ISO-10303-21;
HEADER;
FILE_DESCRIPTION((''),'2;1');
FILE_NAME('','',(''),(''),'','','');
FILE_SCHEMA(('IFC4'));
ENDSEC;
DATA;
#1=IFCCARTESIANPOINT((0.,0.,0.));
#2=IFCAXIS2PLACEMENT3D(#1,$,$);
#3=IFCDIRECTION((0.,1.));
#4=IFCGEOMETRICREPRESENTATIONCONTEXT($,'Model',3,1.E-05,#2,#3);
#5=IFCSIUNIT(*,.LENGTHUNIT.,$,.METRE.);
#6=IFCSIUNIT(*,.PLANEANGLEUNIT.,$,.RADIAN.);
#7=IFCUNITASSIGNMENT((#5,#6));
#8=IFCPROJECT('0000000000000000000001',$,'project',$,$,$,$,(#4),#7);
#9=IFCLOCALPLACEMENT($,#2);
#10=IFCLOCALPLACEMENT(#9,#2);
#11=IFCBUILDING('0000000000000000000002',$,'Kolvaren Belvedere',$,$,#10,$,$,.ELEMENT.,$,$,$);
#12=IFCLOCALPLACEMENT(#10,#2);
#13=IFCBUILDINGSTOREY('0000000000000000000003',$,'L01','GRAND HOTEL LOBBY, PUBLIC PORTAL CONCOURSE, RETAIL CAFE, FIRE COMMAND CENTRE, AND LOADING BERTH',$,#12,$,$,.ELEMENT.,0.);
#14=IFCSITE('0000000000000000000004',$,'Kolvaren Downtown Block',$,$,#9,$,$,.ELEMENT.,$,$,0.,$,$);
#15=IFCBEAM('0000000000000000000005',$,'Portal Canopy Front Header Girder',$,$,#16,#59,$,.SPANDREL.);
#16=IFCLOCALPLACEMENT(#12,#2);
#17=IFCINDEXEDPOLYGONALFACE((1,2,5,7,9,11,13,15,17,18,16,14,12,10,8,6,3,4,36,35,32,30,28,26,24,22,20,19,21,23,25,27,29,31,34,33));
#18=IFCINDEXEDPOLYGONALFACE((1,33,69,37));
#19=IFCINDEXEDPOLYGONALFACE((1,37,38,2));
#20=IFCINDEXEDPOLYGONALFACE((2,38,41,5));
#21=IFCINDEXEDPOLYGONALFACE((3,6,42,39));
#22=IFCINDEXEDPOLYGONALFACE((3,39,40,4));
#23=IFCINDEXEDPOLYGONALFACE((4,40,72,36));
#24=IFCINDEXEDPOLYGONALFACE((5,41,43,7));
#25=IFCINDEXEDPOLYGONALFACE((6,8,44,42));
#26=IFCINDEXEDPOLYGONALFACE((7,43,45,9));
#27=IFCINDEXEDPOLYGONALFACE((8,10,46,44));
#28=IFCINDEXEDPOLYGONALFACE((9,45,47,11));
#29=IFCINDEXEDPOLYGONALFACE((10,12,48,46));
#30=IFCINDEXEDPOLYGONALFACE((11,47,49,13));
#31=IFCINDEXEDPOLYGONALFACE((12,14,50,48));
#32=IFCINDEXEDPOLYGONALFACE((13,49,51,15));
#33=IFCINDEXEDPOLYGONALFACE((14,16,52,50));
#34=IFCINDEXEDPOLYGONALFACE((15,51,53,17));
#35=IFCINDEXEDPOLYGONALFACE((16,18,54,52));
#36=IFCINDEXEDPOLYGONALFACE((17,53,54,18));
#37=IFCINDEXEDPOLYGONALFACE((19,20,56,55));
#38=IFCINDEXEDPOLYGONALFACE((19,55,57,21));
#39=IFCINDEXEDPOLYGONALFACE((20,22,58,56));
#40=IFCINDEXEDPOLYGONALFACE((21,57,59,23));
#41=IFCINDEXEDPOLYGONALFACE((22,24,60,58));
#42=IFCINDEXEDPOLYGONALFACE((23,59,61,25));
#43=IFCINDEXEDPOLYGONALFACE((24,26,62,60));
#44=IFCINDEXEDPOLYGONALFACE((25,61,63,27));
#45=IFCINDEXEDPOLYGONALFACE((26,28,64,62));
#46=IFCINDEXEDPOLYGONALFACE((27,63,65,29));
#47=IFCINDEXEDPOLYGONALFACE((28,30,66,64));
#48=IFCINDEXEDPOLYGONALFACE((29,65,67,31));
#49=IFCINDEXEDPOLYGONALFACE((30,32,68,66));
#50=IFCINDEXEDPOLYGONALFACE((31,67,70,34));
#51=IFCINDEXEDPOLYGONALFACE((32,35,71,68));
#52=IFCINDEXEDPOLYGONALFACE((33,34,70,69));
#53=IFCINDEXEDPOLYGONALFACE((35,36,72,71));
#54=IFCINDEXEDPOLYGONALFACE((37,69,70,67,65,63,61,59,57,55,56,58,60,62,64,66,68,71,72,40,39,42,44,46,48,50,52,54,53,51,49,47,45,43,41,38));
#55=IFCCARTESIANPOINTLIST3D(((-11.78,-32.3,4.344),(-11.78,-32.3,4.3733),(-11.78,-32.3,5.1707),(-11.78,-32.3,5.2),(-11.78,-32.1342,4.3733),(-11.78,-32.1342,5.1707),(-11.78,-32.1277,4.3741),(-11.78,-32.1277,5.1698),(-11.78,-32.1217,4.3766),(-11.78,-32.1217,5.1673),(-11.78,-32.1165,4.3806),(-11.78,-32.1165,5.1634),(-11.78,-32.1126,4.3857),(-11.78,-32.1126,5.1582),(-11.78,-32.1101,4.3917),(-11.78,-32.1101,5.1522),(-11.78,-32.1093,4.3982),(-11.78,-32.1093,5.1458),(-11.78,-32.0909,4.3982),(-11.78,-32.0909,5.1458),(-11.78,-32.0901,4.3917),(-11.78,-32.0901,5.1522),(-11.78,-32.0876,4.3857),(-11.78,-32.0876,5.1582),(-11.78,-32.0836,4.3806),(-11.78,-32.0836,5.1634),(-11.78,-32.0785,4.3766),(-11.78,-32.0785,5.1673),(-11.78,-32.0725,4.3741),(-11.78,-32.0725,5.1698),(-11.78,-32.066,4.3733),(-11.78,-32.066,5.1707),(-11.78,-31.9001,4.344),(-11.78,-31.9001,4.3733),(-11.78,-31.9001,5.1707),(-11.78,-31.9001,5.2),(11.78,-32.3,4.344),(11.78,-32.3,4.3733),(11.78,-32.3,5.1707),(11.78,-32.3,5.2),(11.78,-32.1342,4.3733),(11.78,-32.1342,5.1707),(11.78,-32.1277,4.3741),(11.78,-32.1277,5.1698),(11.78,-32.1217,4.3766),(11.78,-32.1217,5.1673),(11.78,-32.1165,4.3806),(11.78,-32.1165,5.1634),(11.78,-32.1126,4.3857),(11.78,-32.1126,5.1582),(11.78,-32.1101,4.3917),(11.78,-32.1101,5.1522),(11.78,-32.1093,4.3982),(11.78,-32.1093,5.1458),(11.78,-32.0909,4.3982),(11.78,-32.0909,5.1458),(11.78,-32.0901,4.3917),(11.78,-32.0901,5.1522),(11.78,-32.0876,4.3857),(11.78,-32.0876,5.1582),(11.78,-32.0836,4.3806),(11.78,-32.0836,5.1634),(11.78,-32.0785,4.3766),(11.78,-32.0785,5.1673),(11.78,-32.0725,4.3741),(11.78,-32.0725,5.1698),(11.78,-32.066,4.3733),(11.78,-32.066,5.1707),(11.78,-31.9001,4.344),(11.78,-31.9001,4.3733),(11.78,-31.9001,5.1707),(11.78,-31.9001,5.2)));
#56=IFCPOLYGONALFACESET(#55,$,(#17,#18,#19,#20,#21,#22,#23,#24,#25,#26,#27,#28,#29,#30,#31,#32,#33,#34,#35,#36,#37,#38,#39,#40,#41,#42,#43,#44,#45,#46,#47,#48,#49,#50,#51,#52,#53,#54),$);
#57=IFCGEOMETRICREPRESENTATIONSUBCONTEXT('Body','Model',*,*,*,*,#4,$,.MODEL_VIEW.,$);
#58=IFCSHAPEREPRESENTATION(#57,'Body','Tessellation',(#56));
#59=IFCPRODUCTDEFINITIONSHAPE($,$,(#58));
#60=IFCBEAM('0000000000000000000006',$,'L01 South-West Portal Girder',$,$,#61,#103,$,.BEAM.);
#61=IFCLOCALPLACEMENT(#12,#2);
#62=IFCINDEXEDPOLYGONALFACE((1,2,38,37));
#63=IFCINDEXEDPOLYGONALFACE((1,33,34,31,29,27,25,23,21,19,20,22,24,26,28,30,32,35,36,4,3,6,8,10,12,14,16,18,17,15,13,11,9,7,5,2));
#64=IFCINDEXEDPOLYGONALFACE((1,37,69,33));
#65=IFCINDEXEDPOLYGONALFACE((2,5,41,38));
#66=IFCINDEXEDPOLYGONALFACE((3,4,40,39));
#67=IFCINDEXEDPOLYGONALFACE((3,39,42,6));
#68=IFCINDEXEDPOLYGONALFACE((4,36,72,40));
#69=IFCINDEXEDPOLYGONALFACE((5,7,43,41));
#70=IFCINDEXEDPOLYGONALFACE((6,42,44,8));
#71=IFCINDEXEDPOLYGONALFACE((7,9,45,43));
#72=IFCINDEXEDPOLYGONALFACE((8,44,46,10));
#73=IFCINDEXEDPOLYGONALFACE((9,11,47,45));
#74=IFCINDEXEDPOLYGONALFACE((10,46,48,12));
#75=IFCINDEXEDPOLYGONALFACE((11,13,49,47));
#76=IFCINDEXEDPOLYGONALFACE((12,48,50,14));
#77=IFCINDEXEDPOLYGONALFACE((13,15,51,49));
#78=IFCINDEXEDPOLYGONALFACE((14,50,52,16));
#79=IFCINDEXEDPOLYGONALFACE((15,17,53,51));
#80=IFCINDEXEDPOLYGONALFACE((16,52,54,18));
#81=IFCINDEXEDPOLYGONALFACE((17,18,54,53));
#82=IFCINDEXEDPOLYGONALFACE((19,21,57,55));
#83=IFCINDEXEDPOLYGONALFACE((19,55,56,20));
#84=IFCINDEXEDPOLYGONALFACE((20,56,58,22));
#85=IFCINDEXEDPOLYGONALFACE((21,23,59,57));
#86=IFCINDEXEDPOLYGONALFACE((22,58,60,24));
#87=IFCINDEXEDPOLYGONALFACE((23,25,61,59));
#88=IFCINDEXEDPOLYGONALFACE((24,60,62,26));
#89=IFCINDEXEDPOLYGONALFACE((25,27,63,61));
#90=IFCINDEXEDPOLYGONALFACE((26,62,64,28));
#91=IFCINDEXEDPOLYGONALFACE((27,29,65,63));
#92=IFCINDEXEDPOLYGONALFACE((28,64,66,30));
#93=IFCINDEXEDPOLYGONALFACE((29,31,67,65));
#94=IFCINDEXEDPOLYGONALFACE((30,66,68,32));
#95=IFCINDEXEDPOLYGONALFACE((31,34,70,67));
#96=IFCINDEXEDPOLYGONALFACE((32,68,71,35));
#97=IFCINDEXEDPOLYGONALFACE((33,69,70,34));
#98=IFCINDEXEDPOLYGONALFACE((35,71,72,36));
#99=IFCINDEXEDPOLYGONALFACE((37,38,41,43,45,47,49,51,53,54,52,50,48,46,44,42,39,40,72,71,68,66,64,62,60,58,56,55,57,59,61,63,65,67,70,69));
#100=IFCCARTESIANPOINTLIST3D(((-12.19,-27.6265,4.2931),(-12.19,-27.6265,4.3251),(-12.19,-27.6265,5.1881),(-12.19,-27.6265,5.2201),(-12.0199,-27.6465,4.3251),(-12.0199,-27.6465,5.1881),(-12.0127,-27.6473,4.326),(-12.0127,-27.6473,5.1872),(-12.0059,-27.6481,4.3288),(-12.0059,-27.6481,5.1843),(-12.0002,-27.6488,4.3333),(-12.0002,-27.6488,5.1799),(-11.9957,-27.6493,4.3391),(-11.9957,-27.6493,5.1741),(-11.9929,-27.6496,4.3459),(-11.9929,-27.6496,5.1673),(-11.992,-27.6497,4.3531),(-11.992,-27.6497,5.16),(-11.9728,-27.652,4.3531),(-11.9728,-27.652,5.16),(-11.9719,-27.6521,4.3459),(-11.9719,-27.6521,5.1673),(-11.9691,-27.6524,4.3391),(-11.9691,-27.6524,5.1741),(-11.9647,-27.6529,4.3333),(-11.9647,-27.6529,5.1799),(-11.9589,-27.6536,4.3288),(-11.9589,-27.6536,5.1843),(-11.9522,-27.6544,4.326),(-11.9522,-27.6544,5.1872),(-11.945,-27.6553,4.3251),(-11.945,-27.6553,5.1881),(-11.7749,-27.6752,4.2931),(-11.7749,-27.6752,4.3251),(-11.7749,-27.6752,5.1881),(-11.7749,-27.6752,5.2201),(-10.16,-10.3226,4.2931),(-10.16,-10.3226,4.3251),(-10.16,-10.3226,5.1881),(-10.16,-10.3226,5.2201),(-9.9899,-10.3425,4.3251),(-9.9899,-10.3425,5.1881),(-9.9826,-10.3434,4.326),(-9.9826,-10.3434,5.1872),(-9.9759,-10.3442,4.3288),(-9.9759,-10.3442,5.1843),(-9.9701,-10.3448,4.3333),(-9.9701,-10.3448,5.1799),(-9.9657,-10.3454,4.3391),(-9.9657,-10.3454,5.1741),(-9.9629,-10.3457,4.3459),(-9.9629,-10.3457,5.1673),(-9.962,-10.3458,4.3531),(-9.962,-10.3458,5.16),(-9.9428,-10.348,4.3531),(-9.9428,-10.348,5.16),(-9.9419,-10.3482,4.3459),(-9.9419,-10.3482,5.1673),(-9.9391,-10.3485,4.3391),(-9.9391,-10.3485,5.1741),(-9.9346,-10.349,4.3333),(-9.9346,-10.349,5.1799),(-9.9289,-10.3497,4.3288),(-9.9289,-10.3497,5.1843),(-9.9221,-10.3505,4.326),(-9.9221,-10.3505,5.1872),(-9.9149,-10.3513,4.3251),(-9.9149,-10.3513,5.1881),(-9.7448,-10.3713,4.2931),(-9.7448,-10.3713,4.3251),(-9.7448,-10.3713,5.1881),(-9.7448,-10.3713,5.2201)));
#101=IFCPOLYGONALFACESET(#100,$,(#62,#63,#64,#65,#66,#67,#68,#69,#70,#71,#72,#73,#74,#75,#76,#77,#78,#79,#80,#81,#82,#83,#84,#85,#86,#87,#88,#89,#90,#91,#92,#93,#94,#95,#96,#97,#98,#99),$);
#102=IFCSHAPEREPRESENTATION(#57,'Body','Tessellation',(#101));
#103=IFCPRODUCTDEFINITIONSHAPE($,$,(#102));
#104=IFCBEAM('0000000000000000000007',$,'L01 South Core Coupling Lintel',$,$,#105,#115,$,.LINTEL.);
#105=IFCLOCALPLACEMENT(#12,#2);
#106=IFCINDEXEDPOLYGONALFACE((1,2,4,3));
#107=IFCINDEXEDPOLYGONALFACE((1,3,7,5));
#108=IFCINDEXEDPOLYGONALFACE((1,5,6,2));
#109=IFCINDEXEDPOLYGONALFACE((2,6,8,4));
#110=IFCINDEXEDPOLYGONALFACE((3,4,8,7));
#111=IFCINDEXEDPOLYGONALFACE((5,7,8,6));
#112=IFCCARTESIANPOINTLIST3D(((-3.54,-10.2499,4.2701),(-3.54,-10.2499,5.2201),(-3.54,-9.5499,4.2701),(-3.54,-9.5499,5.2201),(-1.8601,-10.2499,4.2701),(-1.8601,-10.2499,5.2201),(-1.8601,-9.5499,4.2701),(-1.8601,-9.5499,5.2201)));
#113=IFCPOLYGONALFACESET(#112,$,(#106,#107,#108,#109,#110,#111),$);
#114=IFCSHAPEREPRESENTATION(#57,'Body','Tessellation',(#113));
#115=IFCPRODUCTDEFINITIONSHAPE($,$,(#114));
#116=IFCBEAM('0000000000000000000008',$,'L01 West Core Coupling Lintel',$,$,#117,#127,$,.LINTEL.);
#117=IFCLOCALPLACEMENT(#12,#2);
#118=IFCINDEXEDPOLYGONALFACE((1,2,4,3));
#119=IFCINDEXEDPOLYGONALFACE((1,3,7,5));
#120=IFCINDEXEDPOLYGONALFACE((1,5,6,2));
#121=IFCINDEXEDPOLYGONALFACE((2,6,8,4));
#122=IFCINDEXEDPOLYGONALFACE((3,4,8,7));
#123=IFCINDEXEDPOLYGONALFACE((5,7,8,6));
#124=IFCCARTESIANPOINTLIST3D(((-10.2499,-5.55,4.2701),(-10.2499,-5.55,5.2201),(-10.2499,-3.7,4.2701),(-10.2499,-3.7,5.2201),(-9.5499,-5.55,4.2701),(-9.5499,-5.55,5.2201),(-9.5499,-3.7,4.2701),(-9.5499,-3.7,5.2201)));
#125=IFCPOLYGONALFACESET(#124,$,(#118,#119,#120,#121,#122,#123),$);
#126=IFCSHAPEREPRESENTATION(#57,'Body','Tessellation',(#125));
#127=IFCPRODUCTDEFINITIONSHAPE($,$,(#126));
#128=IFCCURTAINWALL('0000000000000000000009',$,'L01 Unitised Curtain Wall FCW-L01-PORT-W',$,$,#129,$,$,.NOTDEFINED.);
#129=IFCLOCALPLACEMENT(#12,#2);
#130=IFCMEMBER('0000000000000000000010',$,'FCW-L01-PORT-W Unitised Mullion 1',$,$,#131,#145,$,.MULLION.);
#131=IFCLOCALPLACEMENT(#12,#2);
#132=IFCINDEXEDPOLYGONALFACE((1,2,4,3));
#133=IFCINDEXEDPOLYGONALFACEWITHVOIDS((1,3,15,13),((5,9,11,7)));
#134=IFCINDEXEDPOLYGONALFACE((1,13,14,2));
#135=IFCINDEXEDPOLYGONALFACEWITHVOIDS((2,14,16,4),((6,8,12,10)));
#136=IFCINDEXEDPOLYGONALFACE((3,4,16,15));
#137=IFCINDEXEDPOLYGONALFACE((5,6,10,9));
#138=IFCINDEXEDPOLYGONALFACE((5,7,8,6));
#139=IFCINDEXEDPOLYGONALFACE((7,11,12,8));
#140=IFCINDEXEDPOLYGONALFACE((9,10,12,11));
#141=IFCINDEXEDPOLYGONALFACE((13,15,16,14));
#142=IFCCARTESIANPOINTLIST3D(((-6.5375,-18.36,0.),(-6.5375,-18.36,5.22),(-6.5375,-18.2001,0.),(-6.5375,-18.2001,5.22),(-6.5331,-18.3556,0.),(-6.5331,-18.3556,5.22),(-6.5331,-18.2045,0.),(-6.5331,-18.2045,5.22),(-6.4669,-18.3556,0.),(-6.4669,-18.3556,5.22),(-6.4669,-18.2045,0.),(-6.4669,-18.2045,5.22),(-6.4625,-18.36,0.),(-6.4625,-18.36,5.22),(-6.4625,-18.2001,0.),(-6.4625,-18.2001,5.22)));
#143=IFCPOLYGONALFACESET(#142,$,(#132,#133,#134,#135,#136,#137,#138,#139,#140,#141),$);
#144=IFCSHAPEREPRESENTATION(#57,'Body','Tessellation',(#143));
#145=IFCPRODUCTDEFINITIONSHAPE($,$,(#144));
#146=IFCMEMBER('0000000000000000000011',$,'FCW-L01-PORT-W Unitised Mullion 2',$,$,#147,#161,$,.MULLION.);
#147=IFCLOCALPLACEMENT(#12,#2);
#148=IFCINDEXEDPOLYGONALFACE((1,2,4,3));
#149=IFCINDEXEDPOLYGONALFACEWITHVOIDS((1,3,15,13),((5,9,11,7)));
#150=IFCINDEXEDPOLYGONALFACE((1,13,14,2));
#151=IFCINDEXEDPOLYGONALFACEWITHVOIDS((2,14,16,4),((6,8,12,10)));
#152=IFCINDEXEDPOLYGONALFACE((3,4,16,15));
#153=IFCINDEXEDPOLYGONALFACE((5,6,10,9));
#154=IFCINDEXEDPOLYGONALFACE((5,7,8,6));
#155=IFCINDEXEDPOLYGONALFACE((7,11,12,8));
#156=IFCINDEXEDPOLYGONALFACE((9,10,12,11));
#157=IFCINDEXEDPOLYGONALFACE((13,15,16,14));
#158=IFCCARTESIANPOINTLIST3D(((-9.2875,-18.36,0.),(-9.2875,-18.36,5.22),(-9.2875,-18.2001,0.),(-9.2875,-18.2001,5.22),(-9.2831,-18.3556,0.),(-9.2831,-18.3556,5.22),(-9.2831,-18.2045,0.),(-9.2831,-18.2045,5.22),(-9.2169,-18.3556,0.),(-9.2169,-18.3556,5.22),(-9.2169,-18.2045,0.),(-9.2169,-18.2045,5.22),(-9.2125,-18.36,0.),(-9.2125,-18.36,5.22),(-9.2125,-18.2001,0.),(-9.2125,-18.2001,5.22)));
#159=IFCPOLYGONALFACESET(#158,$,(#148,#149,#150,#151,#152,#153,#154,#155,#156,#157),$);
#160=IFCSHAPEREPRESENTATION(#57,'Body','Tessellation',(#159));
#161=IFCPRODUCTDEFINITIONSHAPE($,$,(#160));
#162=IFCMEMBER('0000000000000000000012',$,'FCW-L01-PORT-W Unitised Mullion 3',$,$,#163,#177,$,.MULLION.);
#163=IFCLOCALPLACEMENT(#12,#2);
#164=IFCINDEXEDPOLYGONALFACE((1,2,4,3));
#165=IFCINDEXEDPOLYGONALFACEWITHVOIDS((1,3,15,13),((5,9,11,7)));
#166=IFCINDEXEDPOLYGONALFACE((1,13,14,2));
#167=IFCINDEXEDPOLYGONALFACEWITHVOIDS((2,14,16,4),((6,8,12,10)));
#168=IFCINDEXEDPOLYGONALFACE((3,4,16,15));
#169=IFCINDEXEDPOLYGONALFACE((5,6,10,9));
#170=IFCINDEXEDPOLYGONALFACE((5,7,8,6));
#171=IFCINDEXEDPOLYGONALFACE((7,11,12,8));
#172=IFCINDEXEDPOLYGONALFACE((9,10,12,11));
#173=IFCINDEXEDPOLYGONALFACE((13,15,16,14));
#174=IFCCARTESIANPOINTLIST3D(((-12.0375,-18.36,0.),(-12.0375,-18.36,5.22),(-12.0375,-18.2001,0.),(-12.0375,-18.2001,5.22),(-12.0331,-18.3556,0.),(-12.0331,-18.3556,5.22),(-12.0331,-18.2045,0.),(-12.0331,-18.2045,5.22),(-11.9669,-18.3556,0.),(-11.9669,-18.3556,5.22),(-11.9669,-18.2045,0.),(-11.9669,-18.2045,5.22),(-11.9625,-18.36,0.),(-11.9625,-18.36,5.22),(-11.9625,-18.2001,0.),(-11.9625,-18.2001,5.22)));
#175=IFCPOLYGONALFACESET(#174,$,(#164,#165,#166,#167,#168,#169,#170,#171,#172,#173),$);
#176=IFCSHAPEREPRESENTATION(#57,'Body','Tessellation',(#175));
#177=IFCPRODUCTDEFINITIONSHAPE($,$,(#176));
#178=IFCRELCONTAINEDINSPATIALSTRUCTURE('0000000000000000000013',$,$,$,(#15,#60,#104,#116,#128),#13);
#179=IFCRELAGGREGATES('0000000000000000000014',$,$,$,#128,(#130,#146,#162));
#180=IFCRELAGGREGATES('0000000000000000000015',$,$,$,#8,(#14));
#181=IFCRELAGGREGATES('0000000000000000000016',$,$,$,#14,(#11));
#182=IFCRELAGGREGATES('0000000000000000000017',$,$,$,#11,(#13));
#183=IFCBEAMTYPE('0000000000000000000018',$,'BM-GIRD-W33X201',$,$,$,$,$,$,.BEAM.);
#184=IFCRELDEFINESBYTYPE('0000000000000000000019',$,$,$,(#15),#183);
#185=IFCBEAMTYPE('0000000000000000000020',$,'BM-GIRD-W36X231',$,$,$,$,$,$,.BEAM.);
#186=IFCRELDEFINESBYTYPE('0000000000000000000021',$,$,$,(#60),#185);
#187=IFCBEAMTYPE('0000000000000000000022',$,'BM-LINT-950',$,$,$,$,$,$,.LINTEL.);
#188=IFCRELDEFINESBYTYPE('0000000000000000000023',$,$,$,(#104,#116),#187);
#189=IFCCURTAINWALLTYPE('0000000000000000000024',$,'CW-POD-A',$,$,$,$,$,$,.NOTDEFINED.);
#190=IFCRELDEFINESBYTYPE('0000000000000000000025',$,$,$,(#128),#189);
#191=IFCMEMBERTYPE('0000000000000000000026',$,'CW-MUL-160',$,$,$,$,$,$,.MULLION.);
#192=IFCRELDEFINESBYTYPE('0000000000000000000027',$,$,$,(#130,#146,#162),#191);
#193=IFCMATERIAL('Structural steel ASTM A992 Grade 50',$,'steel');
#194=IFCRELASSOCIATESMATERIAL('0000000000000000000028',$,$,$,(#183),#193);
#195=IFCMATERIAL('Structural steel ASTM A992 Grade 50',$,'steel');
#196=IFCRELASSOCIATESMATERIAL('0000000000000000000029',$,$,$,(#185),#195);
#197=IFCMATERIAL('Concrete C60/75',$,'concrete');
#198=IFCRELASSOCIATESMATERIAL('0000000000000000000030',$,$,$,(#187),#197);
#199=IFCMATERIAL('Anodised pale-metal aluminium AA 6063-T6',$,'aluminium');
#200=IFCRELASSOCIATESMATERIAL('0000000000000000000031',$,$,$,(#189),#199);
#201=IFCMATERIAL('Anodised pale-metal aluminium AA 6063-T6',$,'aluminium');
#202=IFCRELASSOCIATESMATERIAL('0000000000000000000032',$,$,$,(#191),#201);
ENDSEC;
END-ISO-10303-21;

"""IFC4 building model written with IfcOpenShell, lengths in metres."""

from ifc_helpers import new_model, si_unit, direction, frame, origin, origin_2d, place, context, subcontext, project, spatial, rectangle, hollow_rectangle, i_section, extrude, material, material_profile, profile_set, type_object, element, aggregate, save


model = new_model("IFC4")

# Units and contexts
model_context = context("Model", 3, precision=1e-05, world=origin(), true_north=direction((0.0, 1.0)))
body_context = subcontext(model_context, "Body", "Model", "MODEL_VIEW")
ifc_project = project(units=[si_unit("LENGTHUNIT", "METRE"), si_unit("PLANEANGLEUNIT", "RADIAN")], contexts=[model_context])

# Site, building, storey
site_placement = place(None, origin())
site = spatial("IfcSite", under=ifc_project, at=site_placement, Name="Kolvaren Downtown Block", CompositionType="ELEMENT", RefElevation=0.0)
building_placement = place(site_placement, origin())
building = spatial("IfcBuilding", under=site, at=building_placement, Name="Kolvaren Belvedere", CompositionType="ELEMENT")
storey_placement = place(building_placement, origin())
storey = spatial("IfcBuildingStorey", under=building, at=storey_placement, Name="L01", Description="GRAND HOTEL LOBBY, PUBLIC PORTAL CONCOURSE, RETAIL CAFE, FIRE COMMAND CENTRE, AND LOADING BERTH", CompositionType="ELEMENT", Elevation=0.0)

# Beams
ifc_material_1 = material(Name="Structural steel ASTM A992 Grade 50", Category="steel")
ifc_material_profile_1 = material_profile(ifc_material_1, i_section(OverallWidth=0.3999, OverallDepth=0.856, WebThickness=0.0183, FlangeThickness=0.0293, FilletRadius=0.0249, at=origin_2d()), Name="W33X201")
ifc_profile_set_1 = profile_set([ifc_material_profile_1], Name="Structural steel ASTM A992 Grade 50")
beam_type_1 = type_object("IfcBeamType", Name="BM-GIRD-W33X201", PredefinedType="BEAM", material=ifc_profile_set_1)
beam_1_placement = place(storey_placement, frame((-11.78, -32.1001, 4.772), z_axis=(1.0, 0.0, 0.0), x_axis=(0.0, 1.0, 0.0)))
element("IfcBeam", 1, at=beam_1_placement, inside=storey, type_object=beam_type_1, Name="Portal Canopy Front Header Girder", PredefinedType="SPANDREL", context=body_context, shape_type="SweptSolid", body=[
    extrude(i_section(OverallWidth=0.3999, OverallDepth=0.856, WebThickness=0.0183, FlangeThickness=0.0293, FilletRadius=0.0249, at=origin_2d()), origin(), (0.0, 0.0, 1.0), 23.5601),
])
ifc_material_2 = material(Name="Structural steel ASTM A992 Grade 50", Category="steel")
ifc_material_profile_2 = material_profile(ifc_material_2, i_section(OverallWidth=0.418, OverallDepth=0.927, WebThickness=0.0193, FlangeThickness=0.032, FilletRadius=0.0281, at=origin_2d()), Name="W36X231")
ifc_profile_set_2 = profile_set([ifc_material_profile_2], Name="Structural steel ASTM A992 Grade 50")
beam_type_2 = type_object("IfcBeamType", Name="BM-GIRD-W36X231", PredefinedType="BEAM", material=ifc_profile_set_2)
beam_2_placement = place(storey_placement, frame((-9.9524, -10.3469, 4.7566), z_axis=(-0.116517, -0.993189, 0.0), x_axis=(0.993189, -0.116517, 0.0)))
element("IfcBeam", 2, at=beam_2_placement, inside=storey, type_object=beam_type_2, Name="L01 South-West Portal Girder", PredefinedType="BEAM", context=body_context, shape_type="SweptSolid", body=[
    extrude(i_section(OverallWidth=0.418, OverallDepth=0.927, WebThickness=0.0193, FlangeThickness=0.032, FilletRadius=0.0281, at=origin_2d()), origin(), (0.0, 0.0, 1.0), 17.4226),
])
ifc_material_3 = material(Name="Concrete C60/75", Category="concrete")
ifc_material_profile_3 = material_profile(ifc_material_3, rectangle(XDim=0.7, YDim=0.95, at=origin_2d()), Name="RC 700X950")
ifc_profile_set_3 = profile_set([ifc_material_profile_3], Name="Concrete C60/75")
beam_type_3 = type_object("IfcBeamType", Name="BM-LINT-950", PredefinedType="LINTEL", material=ifc_profile_set_3)
beam_3_placement = place(storey_placement, frame((-3.54, -9.8999, 4.7451), z_axis=(1.0, 0.0, 0.0), x_axis=(0.0, 1.0, 0.0)))
element("IfcBeam", 3, at=beam_3_placement, inside=storey, type_object=beam_type_3, Name="L01 South Core Coupling Lintel", PredefinedType="LINTEL", context=body_context, shape_type="SweptSolid", body=[
    extrude(rectangle(XDim=0.7, YDim=0.95, at=origin_2d()), origin(), (0.0, 0.0, 1.0), 1.6799),
])
beam_4_placement = place(storey_placement, frame((-9.8999, -5.55, 4.7451), z_axis=(0.0, 1.0, 0.0), x_axis=(-1.0, 0.0, 0.0)))
element("IfcBeam", 4, at=beam_4_placement, inside=storey, type_object=beam_type_3, Name="L01 West Core Coupling Lintel", PredefinedType="LINTEL", context=body_context, shape_type="SweptSolid", body=[
    extrude(rectangle(XDim=0.7, YDim=0.95, at=origin_2d()), origin(), (0.0, 0.0, 1.0), 1.8501),
])

# Curtain wall, members
ifc_material_4 = material(Name="Anodised pale-metal aluminium AA 6063-T6", Category="aluminium")
curtain_wall_type = type_object("IfcCurtainWallType", Name="CW-POD-A", PredefinedType="NOTDEFINED", material=ifc_material_4)
curtain_wall_placement = place(storey_placement, origin())
curtain_wall = element("IfcCurtainWall", 5, at=curtain_wall_placement, inside=storey, type_object=curtain_wall_type, Name="L01 Unitised Curtain Wall FCW-L01-PORT-W", PredefinedType="NOTDEFINED")
ifc_material_5 = material(Name="Anodised pale-metal aluminium AA 6063-T6", Category="aluminium")
ifc_material_profile_4 = material_profile(ifc_material_5, hollow_rectangle(XDim=0.075, YDim=0.1599, WallThickness=0.0044, at=origin_2d()), Name="ALU-MUL-160X75")
ifc_profile_set_4 = profile_set([ifc_material_profile_4], Name="Anodised pale-metal aluminium AA 6063-T6")
member_type_1 = type_object("IfcMemberType", Name="CW-MUL-160", PredefinedType="MULLION", material=ifc_profile_set_4)
member_1_placement = place(storey_placement, frame((-6.5, -18.28, 0.0), z_axis=(0.0, 0.0, 1.0), x_axis=(1.0, 0.0, 0.0)))
member_1 = element("IfcMember", 6, at=member_1_placement, type_object=member_type_1, Name="FCW-L01-PORT-W Unitised Mullion 1", PredefinedType="MULLION", context=body_context, shape_type="SweptSolid", body=[
    extrude(hollow_rectangle(XDim=0.075, YDim=0.1599, WallThickness=0.0044, at=origin_2d()), origin(), (0.0, 0.0, 1.0), 5.22),
])
member_2_placement = place(storey_placement, frame((-9.25, -18.28, 0.0), z_axis=(0.0, 0.0, 1.0), x_axis=(1.0, 0.0, 0.0)))
member_2 = element("IfcMember", 7, at=member_2_placement, type_object=member_type_1, Name="FCW-L01-PORT-W Unitised Mullion 2", PredefinedType="MULLION", context=body_context, shape_type="SweptSolid", body=[
    extrude(hollow_rectangle(XDim=0.075, YDim=0.1599, WallThickness=0.0044, at=origin_2d()), origin(), (0.0, 0.0, 1.0), 5.22),
])
member_3_placement = place(storey_placement, frame((-12.0, -18.28, 0.0), z_axis=(0.0, 0.0, 1.0), x_axis=(1.0, 0.0, 0.0)))
member_3 = element("IfcMember", 8, at=member_3_placement, type_object=member_type_1, Name="FCW-L01-PORT-W Unitised Mullion 3", PredefinedType="MULLION", context=body_context, shape_type="SweptSolid", body=[
    extrude(hollow_rectangle(XDim=0.075, YDim=0.1599, WallThickness=0.0044, at=origin_2d()), origin(), (0.0, 0.0, 1.0), 5.22),
])

aggregate(curtain_wall, [member_1, member_2, member_3])

save(model, "model.ifc")
